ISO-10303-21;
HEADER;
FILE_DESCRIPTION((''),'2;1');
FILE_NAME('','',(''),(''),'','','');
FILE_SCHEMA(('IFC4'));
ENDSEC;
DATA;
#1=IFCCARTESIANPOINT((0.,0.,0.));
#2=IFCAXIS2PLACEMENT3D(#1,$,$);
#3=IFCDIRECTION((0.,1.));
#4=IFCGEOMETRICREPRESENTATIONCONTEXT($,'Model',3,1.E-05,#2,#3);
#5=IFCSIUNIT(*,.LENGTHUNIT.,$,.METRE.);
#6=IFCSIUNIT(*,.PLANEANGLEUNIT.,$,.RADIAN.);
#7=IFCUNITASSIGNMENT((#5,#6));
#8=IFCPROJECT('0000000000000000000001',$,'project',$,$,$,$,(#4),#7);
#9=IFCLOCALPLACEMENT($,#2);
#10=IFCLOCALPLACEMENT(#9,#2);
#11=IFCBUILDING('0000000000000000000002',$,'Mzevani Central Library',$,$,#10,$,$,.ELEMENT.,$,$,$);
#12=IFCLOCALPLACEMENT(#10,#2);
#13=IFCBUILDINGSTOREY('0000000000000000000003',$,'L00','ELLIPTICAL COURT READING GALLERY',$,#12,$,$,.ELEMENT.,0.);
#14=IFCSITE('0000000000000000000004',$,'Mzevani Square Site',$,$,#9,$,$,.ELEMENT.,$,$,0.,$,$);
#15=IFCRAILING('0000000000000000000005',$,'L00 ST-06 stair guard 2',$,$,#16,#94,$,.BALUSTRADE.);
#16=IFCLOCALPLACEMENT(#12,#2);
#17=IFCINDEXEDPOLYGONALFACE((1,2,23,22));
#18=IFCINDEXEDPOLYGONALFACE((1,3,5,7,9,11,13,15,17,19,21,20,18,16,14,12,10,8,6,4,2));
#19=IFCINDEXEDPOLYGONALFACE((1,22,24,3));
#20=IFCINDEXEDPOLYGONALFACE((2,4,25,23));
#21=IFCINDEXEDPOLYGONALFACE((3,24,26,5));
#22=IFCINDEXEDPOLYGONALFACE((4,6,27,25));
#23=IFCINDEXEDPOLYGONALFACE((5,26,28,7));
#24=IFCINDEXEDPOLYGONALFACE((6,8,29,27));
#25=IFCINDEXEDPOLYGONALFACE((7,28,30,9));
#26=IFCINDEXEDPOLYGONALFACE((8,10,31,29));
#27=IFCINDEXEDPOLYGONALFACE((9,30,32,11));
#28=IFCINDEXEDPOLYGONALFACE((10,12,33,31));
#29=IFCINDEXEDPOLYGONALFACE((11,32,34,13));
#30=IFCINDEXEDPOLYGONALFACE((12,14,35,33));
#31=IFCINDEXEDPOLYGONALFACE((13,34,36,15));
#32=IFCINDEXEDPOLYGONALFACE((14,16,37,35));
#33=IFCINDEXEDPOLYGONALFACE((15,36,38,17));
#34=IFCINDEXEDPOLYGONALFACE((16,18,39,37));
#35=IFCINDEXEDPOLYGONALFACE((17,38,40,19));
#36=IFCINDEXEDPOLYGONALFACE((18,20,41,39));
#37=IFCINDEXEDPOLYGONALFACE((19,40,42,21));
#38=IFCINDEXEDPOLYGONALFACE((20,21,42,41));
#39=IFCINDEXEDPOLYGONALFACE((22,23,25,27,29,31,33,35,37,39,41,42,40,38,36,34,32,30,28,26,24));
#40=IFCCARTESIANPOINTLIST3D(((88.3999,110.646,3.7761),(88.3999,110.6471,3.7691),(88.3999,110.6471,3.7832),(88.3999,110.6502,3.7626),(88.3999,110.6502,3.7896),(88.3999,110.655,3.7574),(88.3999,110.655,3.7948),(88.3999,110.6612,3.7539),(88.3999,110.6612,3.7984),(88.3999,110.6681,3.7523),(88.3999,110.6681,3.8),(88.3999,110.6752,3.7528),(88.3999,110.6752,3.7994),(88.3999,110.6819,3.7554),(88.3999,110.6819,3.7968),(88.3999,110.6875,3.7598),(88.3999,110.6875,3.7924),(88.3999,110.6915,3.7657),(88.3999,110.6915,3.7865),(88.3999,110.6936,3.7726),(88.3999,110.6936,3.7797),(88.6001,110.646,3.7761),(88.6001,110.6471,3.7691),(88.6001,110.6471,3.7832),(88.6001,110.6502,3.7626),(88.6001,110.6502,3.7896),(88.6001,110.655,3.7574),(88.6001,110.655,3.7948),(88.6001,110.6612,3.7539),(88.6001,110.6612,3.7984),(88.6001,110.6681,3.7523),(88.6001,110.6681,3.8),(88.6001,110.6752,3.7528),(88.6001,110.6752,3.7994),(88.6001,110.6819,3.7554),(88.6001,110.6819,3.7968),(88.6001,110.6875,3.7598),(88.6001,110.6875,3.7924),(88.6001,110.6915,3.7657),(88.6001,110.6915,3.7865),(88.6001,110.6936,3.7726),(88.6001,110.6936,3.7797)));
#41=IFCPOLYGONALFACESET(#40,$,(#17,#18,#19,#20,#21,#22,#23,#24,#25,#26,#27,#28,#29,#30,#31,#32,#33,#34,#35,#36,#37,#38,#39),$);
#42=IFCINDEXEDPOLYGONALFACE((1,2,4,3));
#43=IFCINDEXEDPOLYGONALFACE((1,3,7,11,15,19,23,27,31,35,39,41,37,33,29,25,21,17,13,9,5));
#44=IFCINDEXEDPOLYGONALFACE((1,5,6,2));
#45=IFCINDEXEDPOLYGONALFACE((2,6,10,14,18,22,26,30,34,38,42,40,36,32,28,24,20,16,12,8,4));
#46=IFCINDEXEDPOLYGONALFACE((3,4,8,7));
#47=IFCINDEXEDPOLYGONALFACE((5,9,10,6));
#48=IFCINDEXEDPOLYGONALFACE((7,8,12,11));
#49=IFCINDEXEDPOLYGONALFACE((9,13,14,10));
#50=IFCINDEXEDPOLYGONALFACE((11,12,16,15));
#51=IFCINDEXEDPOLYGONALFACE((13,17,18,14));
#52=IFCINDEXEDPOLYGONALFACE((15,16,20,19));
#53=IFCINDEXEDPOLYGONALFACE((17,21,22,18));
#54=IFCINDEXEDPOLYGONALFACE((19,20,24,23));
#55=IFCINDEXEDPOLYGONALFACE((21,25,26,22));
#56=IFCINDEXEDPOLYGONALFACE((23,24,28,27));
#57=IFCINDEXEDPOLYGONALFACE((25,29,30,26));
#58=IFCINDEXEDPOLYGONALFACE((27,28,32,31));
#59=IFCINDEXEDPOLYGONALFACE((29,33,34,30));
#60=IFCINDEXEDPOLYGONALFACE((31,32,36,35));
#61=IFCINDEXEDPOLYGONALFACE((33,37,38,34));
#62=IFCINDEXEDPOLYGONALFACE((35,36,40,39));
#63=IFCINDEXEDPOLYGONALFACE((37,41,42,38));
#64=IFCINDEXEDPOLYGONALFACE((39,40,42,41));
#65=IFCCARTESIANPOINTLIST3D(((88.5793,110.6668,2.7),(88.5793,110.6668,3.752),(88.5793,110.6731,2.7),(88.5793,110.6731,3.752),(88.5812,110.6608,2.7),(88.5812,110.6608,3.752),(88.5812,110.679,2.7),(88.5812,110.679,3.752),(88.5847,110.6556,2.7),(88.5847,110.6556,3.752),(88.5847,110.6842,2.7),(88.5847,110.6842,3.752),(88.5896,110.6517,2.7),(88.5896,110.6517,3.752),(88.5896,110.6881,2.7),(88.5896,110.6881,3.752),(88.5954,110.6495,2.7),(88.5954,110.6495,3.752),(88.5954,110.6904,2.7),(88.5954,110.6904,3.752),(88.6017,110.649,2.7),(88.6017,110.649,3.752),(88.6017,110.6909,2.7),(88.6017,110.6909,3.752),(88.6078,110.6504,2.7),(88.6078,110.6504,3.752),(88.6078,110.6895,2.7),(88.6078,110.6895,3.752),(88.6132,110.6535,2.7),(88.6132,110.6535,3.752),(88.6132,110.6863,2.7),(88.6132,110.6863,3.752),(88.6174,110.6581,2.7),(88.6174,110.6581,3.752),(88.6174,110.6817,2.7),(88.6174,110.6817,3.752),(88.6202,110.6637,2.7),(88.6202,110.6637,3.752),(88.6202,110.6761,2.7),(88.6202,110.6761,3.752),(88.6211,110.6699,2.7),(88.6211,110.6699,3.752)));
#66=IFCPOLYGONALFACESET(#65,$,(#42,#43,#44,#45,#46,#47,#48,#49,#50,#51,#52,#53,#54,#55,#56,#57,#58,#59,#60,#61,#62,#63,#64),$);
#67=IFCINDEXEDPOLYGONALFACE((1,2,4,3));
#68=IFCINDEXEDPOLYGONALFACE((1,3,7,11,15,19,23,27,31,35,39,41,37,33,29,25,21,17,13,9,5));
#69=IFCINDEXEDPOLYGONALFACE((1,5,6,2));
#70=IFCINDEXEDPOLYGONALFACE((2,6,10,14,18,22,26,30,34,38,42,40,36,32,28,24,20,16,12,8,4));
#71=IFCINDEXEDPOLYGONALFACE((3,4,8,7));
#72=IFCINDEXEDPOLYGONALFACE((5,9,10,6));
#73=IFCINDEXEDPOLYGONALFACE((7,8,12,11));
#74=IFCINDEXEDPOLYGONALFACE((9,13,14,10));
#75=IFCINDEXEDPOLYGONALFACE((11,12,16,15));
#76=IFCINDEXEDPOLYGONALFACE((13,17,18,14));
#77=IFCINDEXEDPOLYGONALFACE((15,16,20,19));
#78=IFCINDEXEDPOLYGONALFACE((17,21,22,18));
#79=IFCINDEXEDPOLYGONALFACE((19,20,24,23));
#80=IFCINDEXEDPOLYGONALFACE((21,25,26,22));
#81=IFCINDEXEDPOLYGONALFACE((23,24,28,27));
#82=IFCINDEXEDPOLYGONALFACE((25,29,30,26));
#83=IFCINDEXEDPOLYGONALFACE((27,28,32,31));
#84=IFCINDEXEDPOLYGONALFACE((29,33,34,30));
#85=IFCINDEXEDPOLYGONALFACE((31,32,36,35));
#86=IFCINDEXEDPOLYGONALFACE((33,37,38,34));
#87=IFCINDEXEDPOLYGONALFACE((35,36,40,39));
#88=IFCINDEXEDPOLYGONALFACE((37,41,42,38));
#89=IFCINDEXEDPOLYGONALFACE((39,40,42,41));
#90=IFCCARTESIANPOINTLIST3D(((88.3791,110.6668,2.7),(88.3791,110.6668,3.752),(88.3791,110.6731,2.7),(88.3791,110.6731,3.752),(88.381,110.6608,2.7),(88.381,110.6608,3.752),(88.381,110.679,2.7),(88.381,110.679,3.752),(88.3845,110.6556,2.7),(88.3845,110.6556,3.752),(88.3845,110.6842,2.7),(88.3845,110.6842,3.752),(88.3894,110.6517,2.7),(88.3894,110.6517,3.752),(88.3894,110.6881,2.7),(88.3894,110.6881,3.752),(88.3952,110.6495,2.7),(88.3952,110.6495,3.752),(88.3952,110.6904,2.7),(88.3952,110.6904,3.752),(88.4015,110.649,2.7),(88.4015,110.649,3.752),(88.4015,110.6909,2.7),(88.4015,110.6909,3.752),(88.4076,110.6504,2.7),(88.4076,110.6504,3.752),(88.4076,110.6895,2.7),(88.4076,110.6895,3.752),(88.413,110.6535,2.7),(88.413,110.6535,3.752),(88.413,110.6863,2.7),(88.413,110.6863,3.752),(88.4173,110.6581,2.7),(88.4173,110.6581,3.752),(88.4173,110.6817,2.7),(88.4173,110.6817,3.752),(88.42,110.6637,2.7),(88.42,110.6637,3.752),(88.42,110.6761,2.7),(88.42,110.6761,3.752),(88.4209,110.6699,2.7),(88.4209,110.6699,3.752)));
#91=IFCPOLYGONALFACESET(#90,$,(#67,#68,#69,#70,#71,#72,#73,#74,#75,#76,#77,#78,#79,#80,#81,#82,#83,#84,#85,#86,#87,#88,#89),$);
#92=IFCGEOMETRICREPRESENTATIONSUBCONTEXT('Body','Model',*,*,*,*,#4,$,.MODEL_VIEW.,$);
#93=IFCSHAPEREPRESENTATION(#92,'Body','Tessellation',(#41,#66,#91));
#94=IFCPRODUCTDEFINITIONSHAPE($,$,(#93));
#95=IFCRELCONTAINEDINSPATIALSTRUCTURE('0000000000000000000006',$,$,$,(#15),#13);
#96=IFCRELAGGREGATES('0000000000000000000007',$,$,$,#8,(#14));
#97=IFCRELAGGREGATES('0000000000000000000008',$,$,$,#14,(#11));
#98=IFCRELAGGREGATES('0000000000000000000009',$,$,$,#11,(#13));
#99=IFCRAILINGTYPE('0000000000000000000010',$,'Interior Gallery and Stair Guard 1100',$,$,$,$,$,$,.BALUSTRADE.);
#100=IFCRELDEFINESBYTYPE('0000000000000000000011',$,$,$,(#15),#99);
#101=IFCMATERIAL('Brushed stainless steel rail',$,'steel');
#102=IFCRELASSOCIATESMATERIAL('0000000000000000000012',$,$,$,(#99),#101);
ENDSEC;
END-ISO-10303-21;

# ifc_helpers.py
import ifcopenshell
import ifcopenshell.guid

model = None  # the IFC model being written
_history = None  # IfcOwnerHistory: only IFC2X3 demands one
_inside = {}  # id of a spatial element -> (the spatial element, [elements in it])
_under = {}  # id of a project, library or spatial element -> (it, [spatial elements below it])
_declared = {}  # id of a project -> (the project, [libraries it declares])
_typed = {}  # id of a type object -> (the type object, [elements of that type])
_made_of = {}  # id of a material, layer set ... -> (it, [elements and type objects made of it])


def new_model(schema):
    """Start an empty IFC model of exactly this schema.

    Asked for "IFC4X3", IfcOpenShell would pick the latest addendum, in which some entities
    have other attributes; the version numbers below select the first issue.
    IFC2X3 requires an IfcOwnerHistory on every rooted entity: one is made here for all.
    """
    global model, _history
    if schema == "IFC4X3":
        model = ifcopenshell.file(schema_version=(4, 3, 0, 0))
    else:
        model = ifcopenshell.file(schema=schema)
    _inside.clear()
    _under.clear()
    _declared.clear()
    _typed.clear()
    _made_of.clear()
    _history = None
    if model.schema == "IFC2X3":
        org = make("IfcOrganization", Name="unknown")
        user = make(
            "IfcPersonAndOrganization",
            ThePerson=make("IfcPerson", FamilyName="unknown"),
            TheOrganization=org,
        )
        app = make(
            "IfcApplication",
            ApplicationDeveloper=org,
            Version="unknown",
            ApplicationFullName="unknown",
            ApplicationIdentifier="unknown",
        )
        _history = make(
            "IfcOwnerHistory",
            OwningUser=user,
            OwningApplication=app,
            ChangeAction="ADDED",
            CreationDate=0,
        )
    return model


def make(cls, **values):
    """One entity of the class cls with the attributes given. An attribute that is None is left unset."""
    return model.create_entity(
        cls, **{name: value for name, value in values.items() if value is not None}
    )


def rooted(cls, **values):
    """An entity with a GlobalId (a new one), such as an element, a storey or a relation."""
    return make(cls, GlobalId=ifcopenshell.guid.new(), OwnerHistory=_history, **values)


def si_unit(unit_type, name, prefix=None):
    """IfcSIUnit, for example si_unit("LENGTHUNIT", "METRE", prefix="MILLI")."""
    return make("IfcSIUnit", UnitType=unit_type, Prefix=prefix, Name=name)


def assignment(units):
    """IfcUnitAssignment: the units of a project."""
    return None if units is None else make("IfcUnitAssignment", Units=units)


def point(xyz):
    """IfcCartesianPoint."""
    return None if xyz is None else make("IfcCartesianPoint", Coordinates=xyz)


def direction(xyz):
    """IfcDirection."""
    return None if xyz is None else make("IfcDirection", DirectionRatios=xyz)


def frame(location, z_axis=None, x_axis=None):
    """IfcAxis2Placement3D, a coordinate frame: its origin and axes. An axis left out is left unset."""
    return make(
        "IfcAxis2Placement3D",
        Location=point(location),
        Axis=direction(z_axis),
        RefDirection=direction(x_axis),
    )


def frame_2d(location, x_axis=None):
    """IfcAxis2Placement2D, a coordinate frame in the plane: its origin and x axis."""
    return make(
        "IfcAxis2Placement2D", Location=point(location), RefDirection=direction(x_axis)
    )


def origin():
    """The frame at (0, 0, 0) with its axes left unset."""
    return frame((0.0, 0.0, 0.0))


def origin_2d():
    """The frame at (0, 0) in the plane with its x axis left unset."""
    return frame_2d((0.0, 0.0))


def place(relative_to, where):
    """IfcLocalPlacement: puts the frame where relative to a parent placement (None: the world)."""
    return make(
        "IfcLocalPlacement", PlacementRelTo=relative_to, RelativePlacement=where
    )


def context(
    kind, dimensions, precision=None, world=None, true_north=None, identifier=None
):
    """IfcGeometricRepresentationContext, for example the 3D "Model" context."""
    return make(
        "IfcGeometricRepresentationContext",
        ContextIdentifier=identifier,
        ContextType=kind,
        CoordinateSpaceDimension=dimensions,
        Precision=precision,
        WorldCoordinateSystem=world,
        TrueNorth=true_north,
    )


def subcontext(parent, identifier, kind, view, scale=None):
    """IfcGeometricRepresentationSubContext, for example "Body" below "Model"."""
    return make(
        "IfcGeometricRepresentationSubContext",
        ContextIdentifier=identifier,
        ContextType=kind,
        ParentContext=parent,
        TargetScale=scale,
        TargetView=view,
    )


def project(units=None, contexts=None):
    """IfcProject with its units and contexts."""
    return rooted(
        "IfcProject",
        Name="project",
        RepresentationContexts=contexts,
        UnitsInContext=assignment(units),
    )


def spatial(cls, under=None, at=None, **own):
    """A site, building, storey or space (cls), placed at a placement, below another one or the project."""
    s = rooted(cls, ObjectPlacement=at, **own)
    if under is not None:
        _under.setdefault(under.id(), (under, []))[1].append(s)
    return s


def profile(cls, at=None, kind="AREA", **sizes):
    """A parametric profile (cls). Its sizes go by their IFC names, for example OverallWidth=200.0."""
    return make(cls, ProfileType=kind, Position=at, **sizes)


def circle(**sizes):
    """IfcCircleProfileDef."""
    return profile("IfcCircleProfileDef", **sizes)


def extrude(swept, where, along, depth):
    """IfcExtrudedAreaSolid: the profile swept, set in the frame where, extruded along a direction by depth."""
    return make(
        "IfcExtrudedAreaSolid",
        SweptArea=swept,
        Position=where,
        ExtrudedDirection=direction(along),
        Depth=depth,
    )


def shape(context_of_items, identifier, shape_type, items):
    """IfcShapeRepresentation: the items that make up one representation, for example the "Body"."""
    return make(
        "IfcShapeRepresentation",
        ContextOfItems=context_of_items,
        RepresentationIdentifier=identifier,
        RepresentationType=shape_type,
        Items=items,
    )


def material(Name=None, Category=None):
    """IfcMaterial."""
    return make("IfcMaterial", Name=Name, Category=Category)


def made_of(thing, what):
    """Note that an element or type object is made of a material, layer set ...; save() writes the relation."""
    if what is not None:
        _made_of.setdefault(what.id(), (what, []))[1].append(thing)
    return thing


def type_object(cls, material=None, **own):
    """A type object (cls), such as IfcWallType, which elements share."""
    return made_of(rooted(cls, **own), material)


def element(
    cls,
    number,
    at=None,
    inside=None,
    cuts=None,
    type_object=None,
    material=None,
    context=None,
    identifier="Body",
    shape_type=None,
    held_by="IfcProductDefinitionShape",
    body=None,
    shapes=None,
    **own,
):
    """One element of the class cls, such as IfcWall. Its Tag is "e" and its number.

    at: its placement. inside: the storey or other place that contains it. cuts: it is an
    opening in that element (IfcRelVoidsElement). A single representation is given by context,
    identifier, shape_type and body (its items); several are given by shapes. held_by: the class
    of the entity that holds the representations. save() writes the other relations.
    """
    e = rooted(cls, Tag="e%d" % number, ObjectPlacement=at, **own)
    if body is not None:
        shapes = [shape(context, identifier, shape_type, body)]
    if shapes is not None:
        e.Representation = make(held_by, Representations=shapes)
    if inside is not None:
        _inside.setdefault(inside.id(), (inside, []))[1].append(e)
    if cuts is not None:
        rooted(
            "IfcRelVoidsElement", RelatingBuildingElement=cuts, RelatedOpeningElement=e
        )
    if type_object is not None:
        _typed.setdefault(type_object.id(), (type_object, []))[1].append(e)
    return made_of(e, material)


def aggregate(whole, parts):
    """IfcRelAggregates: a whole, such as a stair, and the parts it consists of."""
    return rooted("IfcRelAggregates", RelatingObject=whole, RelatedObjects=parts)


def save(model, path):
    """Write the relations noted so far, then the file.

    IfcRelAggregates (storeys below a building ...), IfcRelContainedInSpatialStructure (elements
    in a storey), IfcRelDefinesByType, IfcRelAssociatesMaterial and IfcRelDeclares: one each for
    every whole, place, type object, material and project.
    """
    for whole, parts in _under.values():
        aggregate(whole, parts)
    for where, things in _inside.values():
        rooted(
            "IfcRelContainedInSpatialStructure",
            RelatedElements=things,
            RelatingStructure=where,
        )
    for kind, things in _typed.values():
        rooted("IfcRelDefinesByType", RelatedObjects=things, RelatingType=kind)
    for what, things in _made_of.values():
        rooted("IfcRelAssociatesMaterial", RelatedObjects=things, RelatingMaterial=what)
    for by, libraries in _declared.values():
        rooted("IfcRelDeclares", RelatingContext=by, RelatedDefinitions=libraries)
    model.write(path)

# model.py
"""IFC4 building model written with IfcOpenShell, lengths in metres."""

from ifc_helpers import new_model, si_unit, direction, frame, origin, origin_2d, place, context, subcontext, project, spatial, circle, extrude, material, type_object, element, save


model = new_model("IFC4")

# Units and contexts
model_context = context("Model", 3, precision=1e-05, world=origin(), true_north=direction((0.0, 1.0)))
body_context = subcontext(model_context, "Body", "Model", "MODEL_VIEW")
ifc_project = project(units=[si_unit("LENGTHUNIT", "METRE"), si_unit("PLANEANGLEUNIT", "RADIAN")], contexts=[model_context])

# Site, building, storey
site_placement = place(None, origin())
site = spatial("IfcSite", under=ifc_project, at=site_placement, Name="Mzevani Square Site", CompositionType="ELEMENT", RefElevation=0.0)
building_placement = place(site_placement, origin())
building = spatial("IfcBuilding", under=site, at=building_placement, Name="Mzevani Central Library", CompositionType="ELEMENT")
storey_placement = place(building_placement, origin())
storey = spatial("IfcBuildingStorey", under=building, at=storey_placement, Name="L00", Description="ELLIPTICAL COURT READING GALLERY", CompositionType="ELEMENT", Elevation=0.0)

# Railing
ifc_material_1 = material(Name="Brushed stainless steel rail", Category="steel")
railing_type_1 = type_object("IfcRailingType", Name="Interior Gallery and Stair Guard 1100", PredefinedType="BALUSTRADE", material=ifc_material_1)
railing_1_placement = place(storey_placement, frame((88.6001, 110.6699, 2.7)))
element("IfcRailing", 1, at=railing_1_placement, inside=storey, type_object=railing_type_1, Name="L00 ST-06 stair guard 2", PredefinedType="BALUSTRADE", context=body_context, shape_type="SweptSolid", body=[
    extrude(circle(Radius=0.0239, at=origin_2d()), frame((0.0, 0.0, 1.0762), z_axis=(-1.0, 0.0, 0.0), x_axis=(0.0, -1.0, 0.0)), (0.0, 0.0, 1.0), 0.2002),
    extrude(circle(Radius=0.021, at=origin_2d()), origin(), (0.0, 0.0, 1.0), 1.052),
    extrude(circle(Radius=0.021, at=origin_2d()), frame((-0.2002, 0.0, 0.0)), (0.0, 0.0, 1.0), 1.052),
])

save(model, "model.ifc")
